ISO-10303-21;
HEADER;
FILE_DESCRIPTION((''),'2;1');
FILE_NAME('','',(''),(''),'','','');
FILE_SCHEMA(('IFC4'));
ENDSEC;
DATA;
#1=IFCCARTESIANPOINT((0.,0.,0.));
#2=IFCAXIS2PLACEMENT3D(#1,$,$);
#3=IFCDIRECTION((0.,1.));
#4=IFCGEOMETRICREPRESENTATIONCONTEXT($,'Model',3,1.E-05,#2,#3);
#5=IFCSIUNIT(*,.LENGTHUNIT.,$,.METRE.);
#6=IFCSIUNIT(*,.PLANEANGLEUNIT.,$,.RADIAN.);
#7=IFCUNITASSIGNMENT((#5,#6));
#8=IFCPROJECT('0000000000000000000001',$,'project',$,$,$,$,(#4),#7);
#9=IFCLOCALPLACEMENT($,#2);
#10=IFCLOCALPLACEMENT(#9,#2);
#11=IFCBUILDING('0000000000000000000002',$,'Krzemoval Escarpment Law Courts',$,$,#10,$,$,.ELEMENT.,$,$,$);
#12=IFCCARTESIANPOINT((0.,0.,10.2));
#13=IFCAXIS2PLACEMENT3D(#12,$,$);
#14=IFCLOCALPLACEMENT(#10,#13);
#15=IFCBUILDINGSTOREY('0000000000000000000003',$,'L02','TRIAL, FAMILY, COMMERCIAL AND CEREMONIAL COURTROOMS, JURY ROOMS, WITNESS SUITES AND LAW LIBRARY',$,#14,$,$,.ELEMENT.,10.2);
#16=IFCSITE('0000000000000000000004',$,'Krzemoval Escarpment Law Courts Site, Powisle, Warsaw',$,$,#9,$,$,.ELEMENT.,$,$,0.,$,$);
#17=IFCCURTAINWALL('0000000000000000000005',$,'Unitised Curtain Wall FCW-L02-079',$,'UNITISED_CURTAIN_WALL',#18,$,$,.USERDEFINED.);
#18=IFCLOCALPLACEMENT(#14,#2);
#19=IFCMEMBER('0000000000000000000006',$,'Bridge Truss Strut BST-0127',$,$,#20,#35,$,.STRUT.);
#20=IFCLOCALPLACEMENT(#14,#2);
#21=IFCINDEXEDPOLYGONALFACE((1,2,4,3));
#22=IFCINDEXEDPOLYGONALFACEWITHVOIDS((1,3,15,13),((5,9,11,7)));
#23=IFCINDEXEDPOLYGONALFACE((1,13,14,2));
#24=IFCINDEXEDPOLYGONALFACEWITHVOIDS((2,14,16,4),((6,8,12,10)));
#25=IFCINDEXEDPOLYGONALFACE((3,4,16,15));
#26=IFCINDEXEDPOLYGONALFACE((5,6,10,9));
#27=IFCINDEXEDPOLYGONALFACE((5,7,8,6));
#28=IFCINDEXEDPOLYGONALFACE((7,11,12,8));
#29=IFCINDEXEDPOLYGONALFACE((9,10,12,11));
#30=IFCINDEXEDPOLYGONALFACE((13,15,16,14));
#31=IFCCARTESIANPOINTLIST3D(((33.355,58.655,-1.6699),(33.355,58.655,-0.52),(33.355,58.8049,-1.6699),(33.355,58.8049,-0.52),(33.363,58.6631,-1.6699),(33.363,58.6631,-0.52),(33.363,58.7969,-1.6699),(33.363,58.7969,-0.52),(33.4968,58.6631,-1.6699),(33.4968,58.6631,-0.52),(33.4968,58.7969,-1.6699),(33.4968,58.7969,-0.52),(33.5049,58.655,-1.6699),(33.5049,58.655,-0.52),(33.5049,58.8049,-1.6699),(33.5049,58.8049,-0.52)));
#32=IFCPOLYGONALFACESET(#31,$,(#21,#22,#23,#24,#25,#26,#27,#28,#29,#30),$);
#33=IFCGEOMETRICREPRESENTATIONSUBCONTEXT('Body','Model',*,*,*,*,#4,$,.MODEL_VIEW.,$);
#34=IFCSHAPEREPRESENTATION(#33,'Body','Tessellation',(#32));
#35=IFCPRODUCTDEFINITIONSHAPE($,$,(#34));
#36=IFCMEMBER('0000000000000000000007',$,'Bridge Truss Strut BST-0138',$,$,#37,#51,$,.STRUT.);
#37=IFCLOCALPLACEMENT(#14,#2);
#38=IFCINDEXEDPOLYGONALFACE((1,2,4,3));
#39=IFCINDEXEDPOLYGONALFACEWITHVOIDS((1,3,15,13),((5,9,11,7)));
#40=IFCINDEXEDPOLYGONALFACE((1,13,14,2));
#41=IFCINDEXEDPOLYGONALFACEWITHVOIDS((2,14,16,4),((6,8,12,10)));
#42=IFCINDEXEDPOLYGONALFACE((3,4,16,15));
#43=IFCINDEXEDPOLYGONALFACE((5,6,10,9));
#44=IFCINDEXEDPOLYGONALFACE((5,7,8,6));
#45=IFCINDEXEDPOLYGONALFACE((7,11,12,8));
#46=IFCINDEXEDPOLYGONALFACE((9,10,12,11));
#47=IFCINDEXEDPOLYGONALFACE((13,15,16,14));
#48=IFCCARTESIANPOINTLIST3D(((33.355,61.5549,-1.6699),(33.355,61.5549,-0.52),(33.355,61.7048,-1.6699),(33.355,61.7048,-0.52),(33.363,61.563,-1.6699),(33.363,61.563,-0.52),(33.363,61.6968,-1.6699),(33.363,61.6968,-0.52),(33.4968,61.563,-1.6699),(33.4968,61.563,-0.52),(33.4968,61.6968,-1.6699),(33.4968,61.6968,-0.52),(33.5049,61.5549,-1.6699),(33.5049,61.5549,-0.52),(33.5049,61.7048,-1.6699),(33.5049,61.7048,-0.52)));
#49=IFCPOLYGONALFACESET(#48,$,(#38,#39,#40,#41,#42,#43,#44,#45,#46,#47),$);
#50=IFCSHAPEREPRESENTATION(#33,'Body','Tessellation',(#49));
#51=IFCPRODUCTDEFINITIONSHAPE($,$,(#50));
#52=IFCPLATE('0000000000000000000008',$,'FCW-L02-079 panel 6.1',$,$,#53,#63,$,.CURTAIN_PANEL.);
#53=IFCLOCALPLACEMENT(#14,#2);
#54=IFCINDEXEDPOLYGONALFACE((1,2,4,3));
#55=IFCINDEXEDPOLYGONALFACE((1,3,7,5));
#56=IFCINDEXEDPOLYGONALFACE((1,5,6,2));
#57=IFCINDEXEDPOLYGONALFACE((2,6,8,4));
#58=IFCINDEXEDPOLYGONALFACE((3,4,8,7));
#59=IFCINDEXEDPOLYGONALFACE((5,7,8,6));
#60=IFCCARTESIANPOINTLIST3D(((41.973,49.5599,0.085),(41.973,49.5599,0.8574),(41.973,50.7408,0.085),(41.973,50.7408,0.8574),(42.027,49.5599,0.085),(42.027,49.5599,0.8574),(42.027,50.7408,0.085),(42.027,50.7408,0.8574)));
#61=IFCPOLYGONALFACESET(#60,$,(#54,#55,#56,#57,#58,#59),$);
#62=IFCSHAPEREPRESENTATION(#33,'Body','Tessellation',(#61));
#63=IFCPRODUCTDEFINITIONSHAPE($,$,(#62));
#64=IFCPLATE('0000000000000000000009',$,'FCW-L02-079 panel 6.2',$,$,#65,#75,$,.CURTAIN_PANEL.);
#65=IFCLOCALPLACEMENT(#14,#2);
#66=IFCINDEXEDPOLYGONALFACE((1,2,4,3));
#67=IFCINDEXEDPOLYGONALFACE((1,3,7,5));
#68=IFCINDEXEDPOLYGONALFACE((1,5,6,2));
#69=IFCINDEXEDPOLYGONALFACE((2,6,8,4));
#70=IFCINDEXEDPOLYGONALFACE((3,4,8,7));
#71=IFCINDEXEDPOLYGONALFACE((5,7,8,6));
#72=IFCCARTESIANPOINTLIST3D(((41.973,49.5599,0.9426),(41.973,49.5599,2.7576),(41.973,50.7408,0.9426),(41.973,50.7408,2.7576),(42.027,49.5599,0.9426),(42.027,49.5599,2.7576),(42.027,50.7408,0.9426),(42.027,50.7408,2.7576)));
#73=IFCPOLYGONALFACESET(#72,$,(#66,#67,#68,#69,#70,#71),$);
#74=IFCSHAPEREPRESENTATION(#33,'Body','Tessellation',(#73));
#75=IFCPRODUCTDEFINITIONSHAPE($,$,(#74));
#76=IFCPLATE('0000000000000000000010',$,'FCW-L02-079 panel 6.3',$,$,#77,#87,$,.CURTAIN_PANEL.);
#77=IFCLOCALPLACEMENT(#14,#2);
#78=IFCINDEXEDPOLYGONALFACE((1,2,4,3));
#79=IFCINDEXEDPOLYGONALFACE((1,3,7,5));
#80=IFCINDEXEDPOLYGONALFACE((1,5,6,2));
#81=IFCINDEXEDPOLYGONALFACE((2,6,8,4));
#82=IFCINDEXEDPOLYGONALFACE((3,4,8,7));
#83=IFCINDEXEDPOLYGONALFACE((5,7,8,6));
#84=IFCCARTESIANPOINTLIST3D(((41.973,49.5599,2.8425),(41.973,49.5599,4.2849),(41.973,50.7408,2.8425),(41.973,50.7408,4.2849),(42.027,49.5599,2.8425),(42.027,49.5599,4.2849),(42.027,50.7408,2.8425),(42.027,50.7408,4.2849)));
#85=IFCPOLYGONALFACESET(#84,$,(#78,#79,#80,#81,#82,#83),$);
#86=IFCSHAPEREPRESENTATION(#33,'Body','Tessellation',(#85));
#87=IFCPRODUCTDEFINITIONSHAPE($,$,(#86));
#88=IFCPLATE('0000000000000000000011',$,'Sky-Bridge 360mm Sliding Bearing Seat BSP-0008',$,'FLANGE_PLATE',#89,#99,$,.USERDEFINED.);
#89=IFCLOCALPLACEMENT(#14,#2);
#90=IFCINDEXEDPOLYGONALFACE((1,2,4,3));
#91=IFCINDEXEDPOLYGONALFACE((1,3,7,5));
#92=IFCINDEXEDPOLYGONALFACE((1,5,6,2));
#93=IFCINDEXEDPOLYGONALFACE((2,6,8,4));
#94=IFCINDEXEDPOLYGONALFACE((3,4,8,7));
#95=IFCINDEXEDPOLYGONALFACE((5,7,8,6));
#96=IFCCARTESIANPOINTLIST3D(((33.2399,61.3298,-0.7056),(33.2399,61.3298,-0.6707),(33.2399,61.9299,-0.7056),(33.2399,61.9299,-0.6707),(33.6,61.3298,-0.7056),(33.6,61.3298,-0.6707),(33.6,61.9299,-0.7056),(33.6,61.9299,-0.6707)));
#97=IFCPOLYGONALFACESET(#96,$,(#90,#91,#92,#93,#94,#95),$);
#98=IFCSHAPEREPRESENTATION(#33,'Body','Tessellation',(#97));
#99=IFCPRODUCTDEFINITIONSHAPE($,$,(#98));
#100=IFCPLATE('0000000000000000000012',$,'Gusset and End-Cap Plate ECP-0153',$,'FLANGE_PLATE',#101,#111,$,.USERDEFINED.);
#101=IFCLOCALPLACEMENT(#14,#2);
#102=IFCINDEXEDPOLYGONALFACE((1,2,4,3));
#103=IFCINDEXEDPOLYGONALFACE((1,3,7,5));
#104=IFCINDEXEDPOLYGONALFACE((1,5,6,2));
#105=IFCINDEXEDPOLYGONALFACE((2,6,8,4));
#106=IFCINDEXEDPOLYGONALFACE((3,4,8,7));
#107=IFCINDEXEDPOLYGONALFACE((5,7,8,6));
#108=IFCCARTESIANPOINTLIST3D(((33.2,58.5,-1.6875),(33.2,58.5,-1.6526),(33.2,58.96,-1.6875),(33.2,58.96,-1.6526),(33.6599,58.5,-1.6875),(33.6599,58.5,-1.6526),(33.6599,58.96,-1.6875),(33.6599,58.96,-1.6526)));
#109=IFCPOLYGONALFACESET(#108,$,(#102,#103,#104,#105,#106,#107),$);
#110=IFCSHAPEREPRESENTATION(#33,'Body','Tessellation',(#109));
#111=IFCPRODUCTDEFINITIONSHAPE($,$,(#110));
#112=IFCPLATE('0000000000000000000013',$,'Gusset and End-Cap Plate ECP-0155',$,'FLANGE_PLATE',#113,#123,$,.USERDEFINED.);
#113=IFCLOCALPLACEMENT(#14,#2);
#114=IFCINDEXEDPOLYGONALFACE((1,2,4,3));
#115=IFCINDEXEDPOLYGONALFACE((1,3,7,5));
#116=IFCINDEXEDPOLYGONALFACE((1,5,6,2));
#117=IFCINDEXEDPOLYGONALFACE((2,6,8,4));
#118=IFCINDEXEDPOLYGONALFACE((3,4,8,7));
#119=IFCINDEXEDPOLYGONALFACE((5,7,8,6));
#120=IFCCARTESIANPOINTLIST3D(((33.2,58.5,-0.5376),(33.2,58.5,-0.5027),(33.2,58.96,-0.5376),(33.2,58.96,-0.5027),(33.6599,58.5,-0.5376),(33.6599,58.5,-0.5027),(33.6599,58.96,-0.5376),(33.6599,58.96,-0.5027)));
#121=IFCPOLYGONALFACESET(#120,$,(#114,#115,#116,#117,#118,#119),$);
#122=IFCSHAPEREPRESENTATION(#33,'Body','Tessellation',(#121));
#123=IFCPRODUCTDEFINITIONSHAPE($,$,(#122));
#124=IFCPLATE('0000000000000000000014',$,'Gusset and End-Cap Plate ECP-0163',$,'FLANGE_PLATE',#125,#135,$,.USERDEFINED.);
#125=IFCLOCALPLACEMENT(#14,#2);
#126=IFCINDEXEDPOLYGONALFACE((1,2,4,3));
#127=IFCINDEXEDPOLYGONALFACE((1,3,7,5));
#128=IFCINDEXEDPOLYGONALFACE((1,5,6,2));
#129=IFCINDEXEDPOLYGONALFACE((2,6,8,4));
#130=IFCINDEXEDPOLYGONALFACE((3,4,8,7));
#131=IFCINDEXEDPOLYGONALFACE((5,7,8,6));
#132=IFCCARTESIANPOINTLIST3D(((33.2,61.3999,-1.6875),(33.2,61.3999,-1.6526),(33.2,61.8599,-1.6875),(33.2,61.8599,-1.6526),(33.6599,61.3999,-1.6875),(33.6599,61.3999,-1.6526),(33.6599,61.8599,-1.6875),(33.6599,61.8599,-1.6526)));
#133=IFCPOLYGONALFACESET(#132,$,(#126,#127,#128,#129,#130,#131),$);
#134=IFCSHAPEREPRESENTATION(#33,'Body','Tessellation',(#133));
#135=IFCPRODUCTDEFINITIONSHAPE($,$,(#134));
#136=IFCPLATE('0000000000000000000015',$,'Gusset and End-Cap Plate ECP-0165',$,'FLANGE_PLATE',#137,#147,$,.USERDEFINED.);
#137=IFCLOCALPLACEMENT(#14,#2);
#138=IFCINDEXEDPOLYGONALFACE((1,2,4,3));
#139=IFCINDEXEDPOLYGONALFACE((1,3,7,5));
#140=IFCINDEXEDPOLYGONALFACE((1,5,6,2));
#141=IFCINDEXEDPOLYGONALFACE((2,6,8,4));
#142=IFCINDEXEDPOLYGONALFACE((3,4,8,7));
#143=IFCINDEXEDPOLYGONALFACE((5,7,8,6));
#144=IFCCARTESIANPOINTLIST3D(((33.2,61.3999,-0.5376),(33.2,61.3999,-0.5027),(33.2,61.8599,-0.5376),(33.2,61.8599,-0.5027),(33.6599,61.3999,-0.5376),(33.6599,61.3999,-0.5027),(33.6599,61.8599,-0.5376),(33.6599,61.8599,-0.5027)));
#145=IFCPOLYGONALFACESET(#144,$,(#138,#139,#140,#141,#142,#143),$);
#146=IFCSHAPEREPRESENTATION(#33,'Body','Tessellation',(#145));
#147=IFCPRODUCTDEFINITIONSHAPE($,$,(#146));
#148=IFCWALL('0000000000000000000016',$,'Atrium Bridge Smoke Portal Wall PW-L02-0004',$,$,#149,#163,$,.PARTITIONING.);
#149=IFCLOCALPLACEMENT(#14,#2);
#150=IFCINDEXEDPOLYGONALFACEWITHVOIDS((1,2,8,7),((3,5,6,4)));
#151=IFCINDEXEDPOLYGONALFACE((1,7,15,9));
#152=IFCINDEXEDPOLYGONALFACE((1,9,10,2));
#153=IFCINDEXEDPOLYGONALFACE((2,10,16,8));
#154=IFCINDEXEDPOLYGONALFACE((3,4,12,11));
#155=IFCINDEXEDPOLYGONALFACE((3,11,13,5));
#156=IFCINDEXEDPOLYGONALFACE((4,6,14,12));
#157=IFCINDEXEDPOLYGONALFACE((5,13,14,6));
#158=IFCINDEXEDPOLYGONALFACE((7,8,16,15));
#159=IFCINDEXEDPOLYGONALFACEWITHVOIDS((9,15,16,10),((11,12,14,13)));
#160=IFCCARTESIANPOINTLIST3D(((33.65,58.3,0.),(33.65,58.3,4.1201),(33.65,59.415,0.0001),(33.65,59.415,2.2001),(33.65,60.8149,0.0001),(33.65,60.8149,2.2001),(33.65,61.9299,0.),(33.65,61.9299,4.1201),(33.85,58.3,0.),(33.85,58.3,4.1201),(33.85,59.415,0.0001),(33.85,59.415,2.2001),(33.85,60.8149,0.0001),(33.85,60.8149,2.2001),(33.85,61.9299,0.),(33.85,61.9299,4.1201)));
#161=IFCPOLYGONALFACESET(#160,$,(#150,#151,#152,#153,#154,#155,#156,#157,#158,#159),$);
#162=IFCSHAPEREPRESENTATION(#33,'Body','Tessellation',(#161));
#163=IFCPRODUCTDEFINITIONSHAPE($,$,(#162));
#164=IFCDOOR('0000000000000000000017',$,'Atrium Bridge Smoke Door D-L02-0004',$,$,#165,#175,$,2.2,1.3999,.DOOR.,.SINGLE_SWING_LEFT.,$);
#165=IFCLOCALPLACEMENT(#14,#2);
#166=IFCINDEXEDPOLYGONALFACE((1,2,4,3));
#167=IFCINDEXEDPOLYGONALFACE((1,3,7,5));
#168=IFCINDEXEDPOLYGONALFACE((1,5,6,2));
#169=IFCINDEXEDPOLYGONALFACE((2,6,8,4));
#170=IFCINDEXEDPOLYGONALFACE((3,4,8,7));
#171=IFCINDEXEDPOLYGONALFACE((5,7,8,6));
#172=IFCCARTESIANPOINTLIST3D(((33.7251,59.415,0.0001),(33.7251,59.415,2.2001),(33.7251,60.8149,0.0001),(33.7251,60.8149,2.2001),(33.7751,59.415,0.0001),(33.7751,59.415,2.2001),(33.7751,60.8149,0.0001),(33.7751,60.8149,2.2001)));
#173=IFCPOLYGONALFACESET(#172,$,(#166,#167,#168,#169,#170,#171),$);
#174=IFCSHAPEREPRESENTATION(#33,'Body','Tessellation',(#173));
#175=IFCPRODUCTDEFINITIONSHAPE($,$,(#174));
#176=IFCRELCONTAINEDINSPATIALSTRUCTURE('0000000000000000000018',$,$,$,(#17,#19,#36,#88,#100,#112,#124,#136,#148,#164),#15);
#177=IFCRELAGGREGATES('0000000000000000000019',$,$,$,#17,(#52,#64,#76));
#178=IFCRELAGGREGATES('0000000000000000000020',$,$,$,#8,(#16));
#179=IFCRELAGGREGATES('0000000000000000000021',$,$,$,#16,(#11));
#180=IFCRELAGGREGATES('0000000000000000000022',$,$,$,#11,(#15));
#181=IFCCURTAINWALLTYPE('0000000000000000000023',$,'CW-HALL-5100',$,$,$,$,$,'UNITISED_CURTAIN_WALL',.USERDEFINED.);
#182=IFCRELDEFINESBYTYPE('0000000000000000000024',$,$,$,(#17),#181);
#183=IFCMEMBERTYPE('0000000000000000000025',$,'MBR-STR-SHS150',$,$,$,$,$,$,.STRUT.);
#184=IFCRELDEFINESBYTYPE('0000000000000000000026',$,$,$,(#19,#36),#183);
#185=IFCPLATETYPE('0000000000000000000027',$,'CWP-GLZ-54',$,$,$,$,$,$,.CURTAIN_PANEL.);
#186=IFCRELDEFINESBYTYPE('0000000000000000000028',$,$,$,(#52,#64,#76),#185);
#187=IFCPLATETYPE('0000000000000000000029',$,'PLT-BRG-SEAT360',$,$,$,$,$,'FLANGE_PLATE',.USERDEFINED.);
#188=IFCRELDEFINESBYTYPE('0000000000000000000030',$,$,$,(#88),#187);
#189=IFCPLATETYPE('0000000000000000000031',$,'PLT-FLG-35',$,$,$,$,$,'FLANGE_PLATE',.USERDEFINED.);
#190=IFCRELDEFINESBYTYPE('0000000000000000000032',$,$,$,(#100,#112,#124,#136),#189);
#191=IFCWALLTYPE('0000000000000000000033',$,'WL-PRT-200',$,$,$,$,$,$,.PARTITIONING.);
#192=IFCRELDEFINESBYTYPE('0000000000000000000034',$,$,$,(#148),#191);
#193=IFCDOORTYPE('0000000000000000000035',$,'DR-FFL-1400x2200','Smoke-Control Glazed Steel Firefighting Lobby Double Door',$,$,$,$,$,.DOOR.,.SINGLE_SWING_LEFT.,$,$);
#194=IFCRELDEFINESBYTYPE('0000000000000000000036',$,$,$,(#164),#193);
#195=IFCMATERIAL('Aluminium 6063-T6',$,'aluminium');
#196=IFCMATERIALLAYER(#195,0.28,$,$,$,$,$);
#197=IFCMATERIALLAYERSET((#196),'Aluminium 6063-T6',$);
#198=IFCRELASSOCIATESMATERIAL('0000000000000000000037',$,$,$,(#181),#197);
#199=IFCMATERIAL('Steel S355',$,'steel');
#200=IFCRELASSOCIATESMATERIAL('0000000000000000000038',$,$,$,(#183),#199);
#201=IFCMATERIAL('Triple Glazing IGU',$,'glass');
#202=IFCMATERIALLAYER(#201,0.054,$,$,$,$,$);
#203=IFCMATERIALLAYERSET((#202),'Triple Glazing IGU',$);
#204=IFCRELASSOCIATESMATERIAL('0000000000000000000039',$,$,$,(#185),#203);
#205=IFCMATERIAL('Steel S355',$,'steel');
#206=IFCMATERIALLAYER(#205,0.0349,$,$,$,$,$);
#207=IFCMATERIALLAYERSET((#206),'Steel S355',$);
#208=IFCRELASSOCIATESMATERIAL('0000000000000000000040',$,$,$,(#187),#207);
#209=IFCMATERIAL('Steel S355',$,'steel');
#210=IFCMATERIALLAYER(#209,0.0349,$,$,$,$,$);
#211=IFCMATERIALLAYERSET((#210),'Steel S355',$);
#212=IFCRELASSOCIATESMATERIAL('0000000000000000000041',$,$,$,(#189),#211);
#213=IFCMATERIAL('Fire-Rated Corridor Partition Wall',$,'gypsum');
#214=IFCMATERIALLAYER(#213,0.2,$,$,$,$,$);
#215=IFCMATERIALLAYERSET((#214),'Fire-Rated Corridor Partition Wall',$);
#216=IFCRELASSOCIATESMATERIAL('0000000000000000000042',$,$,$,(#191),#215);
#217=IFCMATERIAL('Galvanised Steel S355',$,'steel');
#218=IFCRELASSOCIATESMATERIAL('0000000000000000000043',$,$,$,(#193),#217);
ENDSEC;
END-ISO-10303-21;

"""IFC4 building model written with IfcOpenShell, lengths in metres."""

from ifc_helpers import new_model, si_unit, direction, frame, frame_2d, origin, origin_2d, place, context, subcontext, project, spatial, rectangle, hollow_rectangle, extrude, material, layer, layer_set, material_profile, profile_set, type_object, element, fill, aggregate, save


model = new_model("IFC4")

# Units and contexts
model_context = context("Model", 3, precision=1e-05, world=origin(), true_north=direction((0.0, 1.0)))
body_context = subcontext(model_context, "Body", "Model", "MODEL_VIEW")
ifc_project = project(units=[si_unit("LENGTHUNIT", "METRE"), si_unit("PLANEANGLEUNIT", "RADIAN")], contexts=[model_context])

# Site, building, storey
site_placement = place(None, origin())
site = spatial("IfcSite", under=ifc_project, at=site_placement, Name="Krzemoval Escarpment Law Courts Site, Powisle, Warsaw", CompositionType="ELEMENT", RefElevation=0.0)
building_placement = place(site_placement, origin())
building = spatial("IfcBuilding", under=site, at=building_placement, Name="Krzemoval Escarpment Law Courts", CompositionType="ELEMENT")
storey_placement = place(building_placement, frame((0.0, 0.0, 10.2)))
storey = spatial("IfcBuildingStorey", under=building, at=storey_placement, Name="L02", Description="TRIAL, FAMILY, COMMERCIAL AND CEREMONIAL COURTROOMS, JURY ROOMS, WITNESS SUITES AND LAW LIBRARY", CompositionType="ELEMENT", Elevation=10.2)

# Curtain wall
ifc_material_1 = material(Name="Aluminium 6063-T6", Category="aluminium")
ifc_layer_1 = layer(ifc_material_1, 0.28)
ifc_layer_set_1 = layer_set([ifc_layer_1], Name="Aluminium 6063-T6")
curtain_wall_type = type_object("IfcCurtainWallType", Name="CW-HALL-5100", ElementType="UNITISED_CURTAIN_WALL", PredefinedType="USERDEFINED", material=ifc_layer_set_1)
curtain_wall_placement = place(storey_placement, origin())
curtain_wall = element("IfcCurtainWall", 1, at=curtain_wall_placement, inside=storey, type_object=curtain_wall_type, Name="Unitised Curtain Wall FCW-L02-079", ObjectType="UNITISED_CURTAIN_WALL", PredefinedType="USERDEFINED")

# Members
ifc_material_2 = material(Name="Steel S355", Category="steel")
ifc_material_profile_1 = material_profile(ifc_material_2, hollow_rectangle(XDim=0.1499, YDim=0.1499, WallThickness=0.0081, at=origin_2d()), Name="SHS 150x150x8")
ifc_profile_set_1 = profile_set([ifc_material_profile_1], Name="Steel S355")
member_type_1 = type_object("IfcMemberType", Name="MBR-STR-SHS150", PredefinedType="STRUT", material=ifc_profile_set_1)
for number, where, z_axis, x_axis, name in (
    (2, (33.4299, 58.73, -1.6699), (0.0, 0.0, 1.0), (1.0, 0.0, 0.0), "Bridge Truss Strut BST-0127"),
    (3, (33.4299, 61.6299, -1.6699), (0.0, 0.0, 1.0), (1.0, 0.0, 0.0), "Bridge Truss Strut BST-0138"),
):
    element("IfcMember", number, at=place(storey_placement, frame(where, z_axis=z_axis, x_axis=x_axis)), inside=storey, type_object=member_type_1, Name=name, PredefinedType="STRUT", context=body_context, shape_type="SweptSolid", body=[
        extrude(hollow_rectangle(XDim=0.1499, YDim=0.1499, WallThickness=0.0081, at=origin_2d()), origin(), (0.0, 0.0, 1.0), 1.1499),
    ])

# Plates
ifc_material_3 = material(Name="Triple Glazing IGU", Category="glass")
ifc_layer_2 = layer(ifc_material_3, 0.054)
ifc_layer_set_2 = layer_set([ifc_layer_2], Name="Triple Glazing IGU")
plate_type_1 = type_object("IfcPlateType", Name="CWP-GLZ-54", PredefinedType="CURTAIN_PANEL", material=ifc_layer_set_2)
plate_1_placement = place(storey_placement, frame((42.0, 50.1504, 0.085), z_axis=(0.0, 0.0, 1.0), x_axis=(0.0, -1.0, 0.0)))
plate_1 = element("IfcPlate", 4, at=plate_1_placement, type_object=plate_type_1, Name="FCW-L02-079 panel 6.1", PredefinedType="CURTAIN_PANEL", context=body_context, shape_type="SweptSolid", body=[
    extrude(rectangle(XDim=1.1809, YDim=0.054, at=origin_2d()), origin(), (0.0, 0.0, 1.0), 0.7725),
])
plate_2_placement = place(storey_placement, frame((42.0, 50.1504, 0.9426), z_axis=(0.0, 0.0, 1.0), x_axis=(0.0, -1.0, 0.0)))
plate_2 = element("IfcPlate", 5, at=plate_2_placement, type_object=plate_type_1, Name="FCW-L02-079 panel 6.2", PredefinedType="CURTAIN_PANEL", context=body_context, shape_type="SweptSolid", body=[
    extrude(rectangle(XDim=1.1809, YDim=0.054, at=origin_2d()), origin(), (0.0, 0.0, 1.0), 1.8149),
])
plate_3_placement = place(storey_placement, frame((42.0, 50.1504, 2.8425), z_axis=(0.0, 0.0, 1.0), x_axis=(0.0, -1.0, 0.0)))
plate_3 = element("IfcPlate", 6, at=plate_3_placement, type_object=plate_type_1, Name="FCW-L02-079 panel 6.3", PredefinedType="CURTAIN_PANEL", context=body_context, shape_type="SweptSolid", body=[
    extrude(rectangle(XDim=1.1809, YDim=0.054, at=origin_2d()), origin(), (0.0, 0.0, 1.0), 1.4424),
])
aggregate(curtain_wall, [plate_1, plate_2, plate_3])

# Plates
ifc_material_4 = material(Name="Steel S355", Category="steel")
ifc_layer_3 = layer(ifc_material_4, 0.0349)
ifc_layer_set_3 = layer_set([ifc_layer_3], Name="Steel S355")
plate_type_2 = type_object("IfcPlateType", Name="PLT-BRG-SEAT360", ElementType="FLANGE_PLATE", PredefinedType="USERDEFINED", material=ifc_layer_set_3)
plate_4_placement = place(storey_placement, frame((33.4199, 61.6299, -0.7056), z_axis=(0.0, 0.0, 1.0), x_axis=(1.0, 0.0, 0.0)))
element("IfcPlate", 7, at=plate_4_placement, inside=storey, type_object=plate_type_2, Name="Sky-Bridge 360mm Sliding Bearing Seat BSP-0008", ObjectType="FLANGE_PLATE", PredefinedType="USERDEFINED", context=body_context, shape_type="SweptSolid", body=[
    extrude(rectangle(XDim=0.3601, YDim=0.6001, at=origin_2d()), origin(), (0.0, 0.0, 1.0), 0.0349),
])
ifc_material_5 = material(Name="Steel S355", Category="steel")
ifc_layer_4 = layer(ifc_material_5, 0.0349)
ifc_layer_set_4 = layer_set([ifc_layer_4], Name="Steel S355")
plate_type_3 = type_object("IfcPlateType", Name="PLT-FLG-35", ElementType="FLANGE_PLATE", PredefinedType="USERDEFINED", material=ifc_layer_set_4)
for number, where, z_axis, x_axis, name in (
    (8, (33.4299, 58.73, -1.6875), (0.0, 0.0, 1.0), (1.0, 0.0, 0.0), "Gusset and End-Cap Plate ECP-0153"),
    (9, (33.4299, 58.73, -0.5376), (0.0, 0.0, 1.0), (1.0, 0.0, 0.0), "Gusset and End-Cap Plate ECP-0155"),
    (10, (33.4299, 61.6299, -1.6875), (0.0, 0.0, 1.0), (1.0, 0.0, 0.0), "Gusset and End-Cap Plate ECP-0163"),
    (11, (33.4299, 61.6299, -0.5376), (0.0, 0.0, 1.0), (1.0, 0.0, 0.0), "Gusset and End-Cap Plate ECP-0165"),
):
    element("IfcPlate", number, at=place(storey_placement, frame(where, z_axis=z_axis, x_axis=x_axis)), inside=storey, type_object=plate_type_3, Name=name, ObjectType="FLANGE_PLATE", PredefinedType="USERDEFINED", context=body_context, shape_type="SweptSolid", body=[
        extrude(rectangle(XDim=0.46, YDim=0.46, at=origin_2d()), origin(), (0.0, 0.0, 1.0), 0.0349),
    ])

# Wall, opening, door
ifc_material_6 = material(Name="Fire-Rated Corridor Partition Wall", Category="gypsum")
ifc_layer_5 = layer(ifc_material_6, 0.2)
ifc_layer_set_5 = layer_set([ifc_layer_5], Name="Fire-Rated Corridor Partition Wall")
wall_type = type_object("IfcWallType", Name="WL-PRT-200", PredefinedType="PARTITIONING", material=ifc_layer_set_5)
wall_placement = place(storey_placement, frame((33.75, 58.3, 0.0), z_axis=(0.0, 0.0, 1.0), x_axis=(0.0, 1.0, 0.0)))
wall = element("IfcWall", 12, at=wall_placement, inside=storey, type_object=wall_type, Name="Atrium Bridge Smoke Portal Wall PW-L02-0004", PredefinedType="PARTITIONING", context=body_context, shape_type="SweptSolid", body=[
    extrude(rectangle(XDim=3.6299, YDim=0.2, at=frame_2d((1.8149, 0.0))), origin(), (0.0, 0.0, 1.0), 4.1201),
])
opening_placement = place(wall_placement, frame((1.115, 0.0, 0.0)))
opening = element("IfcOpeningElement", 13, at=opening_placement, cuts=wall, PredefinedType="OPENING", context=body_context, shape_type="SweptSolid", body=[
    extrude(rectangle(XDim=1.3999, YDim=2.2, at=frame_2d((0.7, 1.1001))), frame((0.0, 0.115, 0.0), z_axis=(0.0, -1.0, 0.0), x_axis=(1.0, 0.0, 0.0)), (0.0, 0.0, 1.0), 0.2299),
])
ifc_material_7 = material(Name="Galvanised Steel S355", Category="steel")
door_type = type_object("IfcDoorType", Name="DR-FFL-1400x2200", Description="Smoke-Control Glazed Steel Firefighting Lobby Double Door", OperationType="SINGLE_SWING_LEFT", PredefinedType="DOOR", material=ifc_material_7)
door_placement = place(opening_placement, origin())
door = element("IfcDoor", 14, at=door_placement, inside=storey, type_object=door_type, Name="Atrium Bridge Smoke Door D-L02-0004", OperationType="SINGLE_SWING_LEFT", OverallHeight=2.2, OverallWidth=1.3999, PredefinedType="DOOR", context=body_context, shape_type="SweptSolid", body=[
    extrude(rectangle(XDim=1.3999, YDim=2.2, at=frame_2d((0.7, 1.1001))), frame((0.0, 0.0249, 0.0), z_axis=(0.0, -1.0, 0.0), x_axis=(1.0, 0.0, 0.0)), (0.0, 0.0, 1.0), 0.05),
])
fill(opening, door)

save(model, "model.ifc")
